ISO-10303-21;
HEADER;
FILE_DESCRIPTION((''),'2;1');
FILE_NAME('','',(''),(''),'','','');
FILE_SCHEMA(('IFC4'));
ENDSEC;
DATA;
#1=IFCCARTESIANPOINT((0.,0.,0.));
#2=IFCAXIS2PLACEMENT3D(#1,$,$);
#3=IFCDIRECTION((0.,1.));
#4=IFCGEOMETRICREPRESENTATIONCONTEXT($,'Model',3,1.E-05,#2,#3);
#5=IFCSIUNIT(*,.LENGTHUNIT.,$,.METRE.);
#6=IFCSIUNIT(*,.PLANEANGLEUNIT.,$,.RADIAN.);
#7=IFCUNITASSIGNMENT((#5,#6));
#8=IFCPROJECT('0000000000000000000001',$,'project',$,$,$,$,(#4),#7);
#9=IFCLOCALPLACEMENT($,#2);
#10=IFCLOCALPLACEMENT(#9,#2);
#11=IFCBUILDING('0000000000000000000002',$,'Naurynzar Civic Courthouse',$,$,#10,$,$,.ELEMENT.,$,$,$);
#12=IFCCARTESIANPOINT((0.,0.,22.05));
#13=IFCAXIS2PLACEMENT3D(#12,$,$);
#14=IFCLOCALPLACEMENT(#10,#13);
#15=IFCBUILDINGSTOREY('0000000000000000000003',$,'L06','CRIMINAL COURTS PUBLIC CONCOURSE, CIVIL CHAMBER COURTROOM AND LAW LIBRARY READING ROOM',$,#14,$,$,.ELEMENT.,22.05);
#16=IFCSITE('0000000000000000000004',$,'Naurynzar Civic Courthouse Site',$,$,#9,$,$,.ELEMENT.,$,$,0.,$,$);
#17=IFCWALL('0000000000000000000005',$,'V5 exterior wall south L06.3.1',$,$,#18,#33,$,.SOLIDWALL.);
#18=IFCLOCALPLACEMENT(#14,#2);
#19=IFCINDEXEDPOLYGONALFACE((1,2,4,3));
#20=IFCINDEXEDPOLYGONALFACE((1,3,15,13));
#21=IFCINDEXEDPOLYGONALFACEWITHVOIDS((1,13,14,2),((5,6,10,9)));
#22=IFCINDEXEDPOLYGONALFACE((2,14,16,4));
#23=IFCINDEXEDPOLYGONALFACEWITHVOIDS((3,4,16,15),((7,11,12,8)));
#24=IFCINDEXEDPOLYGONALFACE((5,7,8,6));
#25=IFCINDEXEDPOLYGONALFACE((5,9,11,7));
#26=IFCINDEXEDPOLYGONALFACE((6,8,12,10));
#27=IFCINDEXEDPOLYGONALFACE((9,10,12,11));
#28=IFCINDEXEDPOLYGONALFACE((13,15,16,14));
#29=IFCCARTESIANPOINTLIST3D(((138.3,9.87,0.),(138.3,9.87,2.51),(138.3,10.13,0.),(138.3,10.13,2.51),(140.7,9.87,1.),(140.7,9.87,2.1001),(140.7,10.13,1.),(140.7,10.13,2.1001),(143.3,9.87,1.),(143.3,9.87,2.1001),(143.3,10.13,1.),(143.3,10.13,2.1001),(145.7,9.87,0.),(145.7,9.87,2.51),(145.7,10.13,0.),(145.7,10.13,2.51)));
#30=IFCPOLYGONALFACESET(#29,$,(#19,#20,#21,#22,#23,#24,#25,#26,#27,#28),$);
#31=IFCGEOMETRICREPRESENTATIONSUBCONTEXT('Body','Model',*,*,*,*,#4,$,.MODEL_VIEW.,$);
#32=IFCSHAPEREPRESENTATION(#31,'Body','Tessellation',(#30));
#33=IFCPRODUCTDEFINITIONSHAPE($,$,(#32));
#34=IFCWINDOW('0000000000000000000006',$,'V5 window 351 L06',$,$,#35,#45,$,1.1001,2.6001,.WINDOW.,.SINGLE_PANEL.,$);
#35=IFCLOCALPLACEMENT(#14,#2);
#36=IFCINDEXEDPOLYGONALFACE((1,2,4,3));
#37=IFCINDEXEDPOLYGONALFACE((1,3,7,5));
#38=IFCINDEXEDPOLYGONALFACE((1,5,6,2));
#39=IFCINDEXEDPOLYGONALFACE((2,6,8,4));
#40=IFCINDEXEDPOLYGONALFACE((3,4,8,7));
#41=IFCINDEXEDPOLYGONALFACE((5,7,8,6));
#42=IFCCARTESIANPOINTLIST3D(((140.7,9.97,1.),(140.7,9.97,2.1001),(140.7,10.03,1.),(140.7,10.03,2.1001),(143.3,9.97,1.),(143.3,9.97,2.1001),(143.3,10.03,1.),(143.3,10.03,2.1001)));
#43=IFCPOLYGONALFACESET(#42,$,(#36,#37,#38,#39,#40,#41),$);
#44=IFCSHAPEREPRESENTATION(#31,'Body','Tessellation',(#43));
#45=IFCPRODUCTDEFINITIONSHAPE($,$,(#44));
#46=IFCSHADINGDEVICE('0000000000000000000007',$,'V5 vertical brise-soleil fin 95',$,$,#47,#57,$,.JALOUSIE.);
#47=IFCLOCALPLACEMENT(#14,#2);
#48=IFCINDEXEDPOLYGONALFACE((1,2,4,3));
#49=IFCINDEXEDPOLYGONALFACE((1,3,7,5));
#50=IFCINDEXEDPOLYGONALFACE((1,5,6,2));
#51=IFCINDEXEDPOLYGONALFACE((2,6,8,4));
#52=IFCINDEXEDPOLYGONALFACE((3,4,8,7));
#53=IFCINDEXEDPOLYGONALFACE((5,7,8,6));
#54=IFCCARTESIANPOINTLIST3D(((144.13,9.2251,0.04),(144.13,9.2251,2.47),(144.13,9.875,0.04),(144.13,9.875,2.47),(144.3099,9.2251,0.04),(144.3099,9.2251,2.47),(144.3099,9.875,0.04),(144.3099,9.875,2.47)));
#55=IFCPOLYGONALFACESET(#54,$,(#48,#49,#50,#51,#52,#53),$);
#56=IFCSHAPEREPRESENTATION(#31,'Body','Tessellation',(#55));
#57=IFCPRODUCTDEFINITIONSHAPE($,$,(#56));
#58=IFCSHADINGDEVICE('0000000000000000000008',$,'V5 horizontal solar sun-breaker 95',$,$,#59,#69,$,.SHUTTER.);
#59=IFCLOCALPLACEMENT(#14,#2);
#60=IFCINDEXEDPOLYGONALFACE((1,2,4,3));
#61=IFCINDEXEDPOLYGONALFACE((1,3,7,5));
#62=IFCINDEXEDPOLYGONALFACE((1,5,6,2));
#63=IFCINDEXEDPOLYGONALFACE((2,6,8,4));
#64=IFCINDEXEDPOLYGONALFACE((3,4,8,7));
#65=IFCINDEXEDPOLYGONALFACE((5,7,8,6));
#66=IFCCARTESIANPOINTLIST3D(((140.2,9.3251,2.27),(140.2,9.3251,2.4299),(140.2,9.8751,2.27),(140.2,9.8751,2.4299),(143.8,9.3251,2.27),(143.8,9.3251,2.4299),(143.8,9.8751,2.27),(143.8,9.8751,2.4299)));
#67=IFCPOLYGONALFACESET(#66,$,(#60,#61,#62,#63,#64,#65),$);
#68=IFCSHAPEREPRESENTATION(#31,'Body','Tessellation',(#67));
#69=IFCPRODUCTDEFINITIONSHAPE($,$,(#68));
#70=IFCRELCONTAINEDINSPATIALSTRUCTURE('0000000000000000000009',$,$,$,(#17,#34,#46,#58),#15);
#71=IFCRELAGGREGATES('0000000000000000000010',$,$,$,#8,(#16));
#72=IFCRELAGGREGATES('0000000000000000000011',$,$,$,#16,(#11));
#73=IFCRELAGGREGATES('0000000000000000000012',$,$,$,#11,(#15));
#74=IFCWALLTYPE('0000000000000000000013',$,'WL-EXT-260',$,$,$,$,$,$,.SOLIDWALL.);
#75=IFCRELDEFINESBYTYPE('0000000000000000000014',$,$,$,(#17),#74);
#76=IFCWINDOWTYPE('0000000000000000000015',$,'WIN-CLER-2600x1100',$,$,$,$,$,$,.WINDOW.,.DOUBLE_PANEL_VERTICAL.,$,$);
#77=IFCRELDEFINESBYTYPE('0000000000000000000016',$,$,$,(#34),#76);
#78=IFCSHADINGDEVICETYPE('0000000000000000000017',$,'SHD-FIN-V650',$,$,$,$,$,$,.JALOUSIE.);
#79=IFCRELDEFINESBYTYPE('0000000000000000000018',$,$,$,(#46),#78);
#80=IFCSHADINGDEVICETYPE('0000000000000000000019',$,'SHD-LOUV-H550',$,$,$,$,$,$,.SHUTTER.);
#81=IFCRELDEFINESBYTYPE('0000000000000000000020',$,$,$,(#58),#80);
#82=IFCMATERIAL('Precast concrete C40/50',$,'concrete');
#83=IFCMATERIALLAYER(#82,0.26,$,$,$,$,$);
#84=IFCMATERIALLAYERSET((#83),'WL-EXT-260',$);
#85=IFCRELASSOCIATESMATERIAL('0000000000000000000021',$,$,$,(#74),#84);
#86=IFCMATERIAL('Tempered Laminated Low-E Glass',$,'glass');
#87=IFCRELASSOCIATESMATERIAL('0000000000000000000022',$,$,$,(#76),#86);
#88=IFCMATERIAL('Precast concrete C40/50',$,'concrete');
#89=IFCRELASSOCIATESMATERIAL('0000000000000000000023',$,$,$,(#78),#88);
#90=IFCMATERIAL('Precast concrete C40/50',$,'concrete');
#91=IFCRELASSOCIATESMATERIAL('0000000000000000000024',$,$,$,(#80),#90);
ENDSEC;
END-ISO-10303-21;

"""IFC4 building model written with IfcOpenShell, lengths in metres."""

from ifc_helpers import new_model, si_unit, direction, frame, frame_2d, origin, origin_2d, place, context, subcontext, project, spatial, rectangle, extrude, material, layer, layer_set, type_object, element, fill, save


model = new_model("IFC4")

# Units and contexts
model_context = context("Model", 3, precision=1e-05, world=origin(), true_north=direction((0.0, 1.0)))
body_context = subcontext(model_context, "Body", "Model", "MODEL_VIEW")
ifc_project = project(units=[si_unit("LENGTHUNIT", "METRE"), si_unit("PLANEANGLEUNIT", "RADIAN")], contexts=[model_context])

# Site, building, storey
site_placement = place(None, origin())
site = spatial("IfcSite", under=ifc_project, at=site_placement, Name="Naurynzar Civic Courthouse Site", CompositionType="ELEMENT", RefElevation=0.0)
building_placement = place(site_placement, origin())
building = spatial("IfcBuilding", under=site, at=building_placement, Name="Naurynzar Civic Courthouse", CompositionType="ELEMENT")
storey_placement = place(building_placement, frame((0.0, 0.0, 22.05)))
storey = spatial("IfcBuildingStorey", under=building, at=storey_placement, Name="L06", Description="CRIMINAL COURTS PUBLIC CONCOURSE, CIVIL CHAMBER COURTROOM AND LAW LIBRARY READING ROOM", CompositionType="ELEMENT", Elevation=22.05)

# Wall, opening, window
ifc_material_1 = material(Name="Precast concrete C40/50", Category="concrete")
ifc_layer_1 = layer(ifc_material_1, 0.26)
ifc_layer_set_1 = layer_set([ifc_layer_1], Name="WL-EXT-260")
wall_type = type_object("IfcWallType", Name="WL-EXT-260", PredefinedType="SOLIDWALL", material=ifc_layer_set_1)
wall_placement = place(storey_placement, frame((145.7, 10.0, 0.0), z_axis=(0.0, 0.0, 1.0), x_axis=(-1.0, 0.0, 0.0)))
wall = element("IfcWall", 1, at=wall_placement, inside=storey, type_object=wall_type, Name="V5 exterior wall south L06.3.1", PredefinedType="SOLIDWALL", context=body_context, shape_type="SweptSolid", body=[
    extrude(rectangle(XDim=7.3999, YDim=0.26, at=frame_2d((3.7, 0.0))), origin(), (0.0, 0.0, 1.0), 2.51),
])
opening_placement = place(wall_placement, frame((2.3999, 0.0, 1.0)))
opening = element("IfcOpeningElement", 2, at=opening_placement, cuts=wall, PredefinedType="OPENING", context=body_context, shape_type="SweptSolid", body=[
    extrude(rectangle(XDim=2.6001, YDim=1.1001, at=frame_2d((1.3, 0.55))), frame((0.0, 0.1399, 0.0), z_axis=(0.0, -1.0, 0.0), x_axis=(1.0, 0.0, 0.0)), (0.0, 0.0, 1.0), 0.28),
])
ifc_material_2 = material(Name="Tempered Laminated Low-E Glass", Category="glass")
window_type = type_object("IfcWindowType", Name="WIN-CLER-2600x1100", PartitioningType="DOUBLE_PANEL_VERTICAL", PredefinedType="WINDOW", material=ifc_material_2)
window_placement = place(opening_placement, origin())
window = element("IfcWindow", 3, at=window_placement, inside=storey, type_object=window_type, Name="V5 window 351 L06", OverallHeight=1.1001, OverallWidth=2.6001, PartitioningType="SINGLE_PANEL", PredefinedType="WINDOW", context=body_context, shape_type="SweptSolid", body=[
    extrude(rectangle(XDim=2.6001, YDim=1.1001, at=frame_2d((1.3, 0.55))), frame((0.0, 0.03, 0.0), z_axis=(0.0, -1.0, 0.0), x_axis=(1.0, 0.0, 0.0)), (0.0, 0.0, 1.0), 0.0601),
])
fill(opening, window)

# Shading devices
ifc_material_3 = material(Name="Precast concrete C40/50", Category="concrete")
shading_device_type_1 = type_object("IfcShadingDeviceType", Name="SHD-FIN-V650", PredefinedType="JALOUSIE", material=ifc_material_3)
shading_device_1_placement = place(storey_placement, frame((144.22, 9.55, 0.04), z_axis=(0.0, 0.0, 1.0), x_axis=(-1.0, 0.0, 0.0)))
element("IfcShadingDevice", 4, at=shading_device_1_placement, inside=storey, type_object=shading_device_type_1, Name="V5 vertical brise-soleil fin 95", PredefinedType="JALOUSIE", context=body_context, shape_type="SweptSolid", body=[
    extrude(rectangle(XDim=0.1799, YDim=0.6499, at=origin_2d()), origin(), (0.0, 0.0, 1.0), 2.4299),
])
ifc_material_4 = material(Name="Precast concrete C40/50", Category="concrete")
shading_device_type_2 = type_object("IfcShadingDeviceType", Name="SHD-LOUV-H550", PredefinedType="SHUTTER", material=ifc_material_4)
shading_device_2_placement = place(storey_placement, frame((142.0, 9.6001, 2.27), z_axis=(0.0, 0.0, 1.0), x_axis=(-1.0, 0.0, 0.0)))
element("IfcShadingDevice", 5, at=shading_device_2_placement, inside=storey, type_object=shading_device_type_2, Name="V5 horizontal solar sun-breaker 95", PredefinedType="SHUTTER", context=body_context, shape_type="SweptSolid", body=[
    extrude(rectangle(XDim=3.6001, YDim=0.55, at=origin_2d()), origin(), (0.0, 0.0, 1.0), 0.1599),
])

save(model, "model.ifc")
